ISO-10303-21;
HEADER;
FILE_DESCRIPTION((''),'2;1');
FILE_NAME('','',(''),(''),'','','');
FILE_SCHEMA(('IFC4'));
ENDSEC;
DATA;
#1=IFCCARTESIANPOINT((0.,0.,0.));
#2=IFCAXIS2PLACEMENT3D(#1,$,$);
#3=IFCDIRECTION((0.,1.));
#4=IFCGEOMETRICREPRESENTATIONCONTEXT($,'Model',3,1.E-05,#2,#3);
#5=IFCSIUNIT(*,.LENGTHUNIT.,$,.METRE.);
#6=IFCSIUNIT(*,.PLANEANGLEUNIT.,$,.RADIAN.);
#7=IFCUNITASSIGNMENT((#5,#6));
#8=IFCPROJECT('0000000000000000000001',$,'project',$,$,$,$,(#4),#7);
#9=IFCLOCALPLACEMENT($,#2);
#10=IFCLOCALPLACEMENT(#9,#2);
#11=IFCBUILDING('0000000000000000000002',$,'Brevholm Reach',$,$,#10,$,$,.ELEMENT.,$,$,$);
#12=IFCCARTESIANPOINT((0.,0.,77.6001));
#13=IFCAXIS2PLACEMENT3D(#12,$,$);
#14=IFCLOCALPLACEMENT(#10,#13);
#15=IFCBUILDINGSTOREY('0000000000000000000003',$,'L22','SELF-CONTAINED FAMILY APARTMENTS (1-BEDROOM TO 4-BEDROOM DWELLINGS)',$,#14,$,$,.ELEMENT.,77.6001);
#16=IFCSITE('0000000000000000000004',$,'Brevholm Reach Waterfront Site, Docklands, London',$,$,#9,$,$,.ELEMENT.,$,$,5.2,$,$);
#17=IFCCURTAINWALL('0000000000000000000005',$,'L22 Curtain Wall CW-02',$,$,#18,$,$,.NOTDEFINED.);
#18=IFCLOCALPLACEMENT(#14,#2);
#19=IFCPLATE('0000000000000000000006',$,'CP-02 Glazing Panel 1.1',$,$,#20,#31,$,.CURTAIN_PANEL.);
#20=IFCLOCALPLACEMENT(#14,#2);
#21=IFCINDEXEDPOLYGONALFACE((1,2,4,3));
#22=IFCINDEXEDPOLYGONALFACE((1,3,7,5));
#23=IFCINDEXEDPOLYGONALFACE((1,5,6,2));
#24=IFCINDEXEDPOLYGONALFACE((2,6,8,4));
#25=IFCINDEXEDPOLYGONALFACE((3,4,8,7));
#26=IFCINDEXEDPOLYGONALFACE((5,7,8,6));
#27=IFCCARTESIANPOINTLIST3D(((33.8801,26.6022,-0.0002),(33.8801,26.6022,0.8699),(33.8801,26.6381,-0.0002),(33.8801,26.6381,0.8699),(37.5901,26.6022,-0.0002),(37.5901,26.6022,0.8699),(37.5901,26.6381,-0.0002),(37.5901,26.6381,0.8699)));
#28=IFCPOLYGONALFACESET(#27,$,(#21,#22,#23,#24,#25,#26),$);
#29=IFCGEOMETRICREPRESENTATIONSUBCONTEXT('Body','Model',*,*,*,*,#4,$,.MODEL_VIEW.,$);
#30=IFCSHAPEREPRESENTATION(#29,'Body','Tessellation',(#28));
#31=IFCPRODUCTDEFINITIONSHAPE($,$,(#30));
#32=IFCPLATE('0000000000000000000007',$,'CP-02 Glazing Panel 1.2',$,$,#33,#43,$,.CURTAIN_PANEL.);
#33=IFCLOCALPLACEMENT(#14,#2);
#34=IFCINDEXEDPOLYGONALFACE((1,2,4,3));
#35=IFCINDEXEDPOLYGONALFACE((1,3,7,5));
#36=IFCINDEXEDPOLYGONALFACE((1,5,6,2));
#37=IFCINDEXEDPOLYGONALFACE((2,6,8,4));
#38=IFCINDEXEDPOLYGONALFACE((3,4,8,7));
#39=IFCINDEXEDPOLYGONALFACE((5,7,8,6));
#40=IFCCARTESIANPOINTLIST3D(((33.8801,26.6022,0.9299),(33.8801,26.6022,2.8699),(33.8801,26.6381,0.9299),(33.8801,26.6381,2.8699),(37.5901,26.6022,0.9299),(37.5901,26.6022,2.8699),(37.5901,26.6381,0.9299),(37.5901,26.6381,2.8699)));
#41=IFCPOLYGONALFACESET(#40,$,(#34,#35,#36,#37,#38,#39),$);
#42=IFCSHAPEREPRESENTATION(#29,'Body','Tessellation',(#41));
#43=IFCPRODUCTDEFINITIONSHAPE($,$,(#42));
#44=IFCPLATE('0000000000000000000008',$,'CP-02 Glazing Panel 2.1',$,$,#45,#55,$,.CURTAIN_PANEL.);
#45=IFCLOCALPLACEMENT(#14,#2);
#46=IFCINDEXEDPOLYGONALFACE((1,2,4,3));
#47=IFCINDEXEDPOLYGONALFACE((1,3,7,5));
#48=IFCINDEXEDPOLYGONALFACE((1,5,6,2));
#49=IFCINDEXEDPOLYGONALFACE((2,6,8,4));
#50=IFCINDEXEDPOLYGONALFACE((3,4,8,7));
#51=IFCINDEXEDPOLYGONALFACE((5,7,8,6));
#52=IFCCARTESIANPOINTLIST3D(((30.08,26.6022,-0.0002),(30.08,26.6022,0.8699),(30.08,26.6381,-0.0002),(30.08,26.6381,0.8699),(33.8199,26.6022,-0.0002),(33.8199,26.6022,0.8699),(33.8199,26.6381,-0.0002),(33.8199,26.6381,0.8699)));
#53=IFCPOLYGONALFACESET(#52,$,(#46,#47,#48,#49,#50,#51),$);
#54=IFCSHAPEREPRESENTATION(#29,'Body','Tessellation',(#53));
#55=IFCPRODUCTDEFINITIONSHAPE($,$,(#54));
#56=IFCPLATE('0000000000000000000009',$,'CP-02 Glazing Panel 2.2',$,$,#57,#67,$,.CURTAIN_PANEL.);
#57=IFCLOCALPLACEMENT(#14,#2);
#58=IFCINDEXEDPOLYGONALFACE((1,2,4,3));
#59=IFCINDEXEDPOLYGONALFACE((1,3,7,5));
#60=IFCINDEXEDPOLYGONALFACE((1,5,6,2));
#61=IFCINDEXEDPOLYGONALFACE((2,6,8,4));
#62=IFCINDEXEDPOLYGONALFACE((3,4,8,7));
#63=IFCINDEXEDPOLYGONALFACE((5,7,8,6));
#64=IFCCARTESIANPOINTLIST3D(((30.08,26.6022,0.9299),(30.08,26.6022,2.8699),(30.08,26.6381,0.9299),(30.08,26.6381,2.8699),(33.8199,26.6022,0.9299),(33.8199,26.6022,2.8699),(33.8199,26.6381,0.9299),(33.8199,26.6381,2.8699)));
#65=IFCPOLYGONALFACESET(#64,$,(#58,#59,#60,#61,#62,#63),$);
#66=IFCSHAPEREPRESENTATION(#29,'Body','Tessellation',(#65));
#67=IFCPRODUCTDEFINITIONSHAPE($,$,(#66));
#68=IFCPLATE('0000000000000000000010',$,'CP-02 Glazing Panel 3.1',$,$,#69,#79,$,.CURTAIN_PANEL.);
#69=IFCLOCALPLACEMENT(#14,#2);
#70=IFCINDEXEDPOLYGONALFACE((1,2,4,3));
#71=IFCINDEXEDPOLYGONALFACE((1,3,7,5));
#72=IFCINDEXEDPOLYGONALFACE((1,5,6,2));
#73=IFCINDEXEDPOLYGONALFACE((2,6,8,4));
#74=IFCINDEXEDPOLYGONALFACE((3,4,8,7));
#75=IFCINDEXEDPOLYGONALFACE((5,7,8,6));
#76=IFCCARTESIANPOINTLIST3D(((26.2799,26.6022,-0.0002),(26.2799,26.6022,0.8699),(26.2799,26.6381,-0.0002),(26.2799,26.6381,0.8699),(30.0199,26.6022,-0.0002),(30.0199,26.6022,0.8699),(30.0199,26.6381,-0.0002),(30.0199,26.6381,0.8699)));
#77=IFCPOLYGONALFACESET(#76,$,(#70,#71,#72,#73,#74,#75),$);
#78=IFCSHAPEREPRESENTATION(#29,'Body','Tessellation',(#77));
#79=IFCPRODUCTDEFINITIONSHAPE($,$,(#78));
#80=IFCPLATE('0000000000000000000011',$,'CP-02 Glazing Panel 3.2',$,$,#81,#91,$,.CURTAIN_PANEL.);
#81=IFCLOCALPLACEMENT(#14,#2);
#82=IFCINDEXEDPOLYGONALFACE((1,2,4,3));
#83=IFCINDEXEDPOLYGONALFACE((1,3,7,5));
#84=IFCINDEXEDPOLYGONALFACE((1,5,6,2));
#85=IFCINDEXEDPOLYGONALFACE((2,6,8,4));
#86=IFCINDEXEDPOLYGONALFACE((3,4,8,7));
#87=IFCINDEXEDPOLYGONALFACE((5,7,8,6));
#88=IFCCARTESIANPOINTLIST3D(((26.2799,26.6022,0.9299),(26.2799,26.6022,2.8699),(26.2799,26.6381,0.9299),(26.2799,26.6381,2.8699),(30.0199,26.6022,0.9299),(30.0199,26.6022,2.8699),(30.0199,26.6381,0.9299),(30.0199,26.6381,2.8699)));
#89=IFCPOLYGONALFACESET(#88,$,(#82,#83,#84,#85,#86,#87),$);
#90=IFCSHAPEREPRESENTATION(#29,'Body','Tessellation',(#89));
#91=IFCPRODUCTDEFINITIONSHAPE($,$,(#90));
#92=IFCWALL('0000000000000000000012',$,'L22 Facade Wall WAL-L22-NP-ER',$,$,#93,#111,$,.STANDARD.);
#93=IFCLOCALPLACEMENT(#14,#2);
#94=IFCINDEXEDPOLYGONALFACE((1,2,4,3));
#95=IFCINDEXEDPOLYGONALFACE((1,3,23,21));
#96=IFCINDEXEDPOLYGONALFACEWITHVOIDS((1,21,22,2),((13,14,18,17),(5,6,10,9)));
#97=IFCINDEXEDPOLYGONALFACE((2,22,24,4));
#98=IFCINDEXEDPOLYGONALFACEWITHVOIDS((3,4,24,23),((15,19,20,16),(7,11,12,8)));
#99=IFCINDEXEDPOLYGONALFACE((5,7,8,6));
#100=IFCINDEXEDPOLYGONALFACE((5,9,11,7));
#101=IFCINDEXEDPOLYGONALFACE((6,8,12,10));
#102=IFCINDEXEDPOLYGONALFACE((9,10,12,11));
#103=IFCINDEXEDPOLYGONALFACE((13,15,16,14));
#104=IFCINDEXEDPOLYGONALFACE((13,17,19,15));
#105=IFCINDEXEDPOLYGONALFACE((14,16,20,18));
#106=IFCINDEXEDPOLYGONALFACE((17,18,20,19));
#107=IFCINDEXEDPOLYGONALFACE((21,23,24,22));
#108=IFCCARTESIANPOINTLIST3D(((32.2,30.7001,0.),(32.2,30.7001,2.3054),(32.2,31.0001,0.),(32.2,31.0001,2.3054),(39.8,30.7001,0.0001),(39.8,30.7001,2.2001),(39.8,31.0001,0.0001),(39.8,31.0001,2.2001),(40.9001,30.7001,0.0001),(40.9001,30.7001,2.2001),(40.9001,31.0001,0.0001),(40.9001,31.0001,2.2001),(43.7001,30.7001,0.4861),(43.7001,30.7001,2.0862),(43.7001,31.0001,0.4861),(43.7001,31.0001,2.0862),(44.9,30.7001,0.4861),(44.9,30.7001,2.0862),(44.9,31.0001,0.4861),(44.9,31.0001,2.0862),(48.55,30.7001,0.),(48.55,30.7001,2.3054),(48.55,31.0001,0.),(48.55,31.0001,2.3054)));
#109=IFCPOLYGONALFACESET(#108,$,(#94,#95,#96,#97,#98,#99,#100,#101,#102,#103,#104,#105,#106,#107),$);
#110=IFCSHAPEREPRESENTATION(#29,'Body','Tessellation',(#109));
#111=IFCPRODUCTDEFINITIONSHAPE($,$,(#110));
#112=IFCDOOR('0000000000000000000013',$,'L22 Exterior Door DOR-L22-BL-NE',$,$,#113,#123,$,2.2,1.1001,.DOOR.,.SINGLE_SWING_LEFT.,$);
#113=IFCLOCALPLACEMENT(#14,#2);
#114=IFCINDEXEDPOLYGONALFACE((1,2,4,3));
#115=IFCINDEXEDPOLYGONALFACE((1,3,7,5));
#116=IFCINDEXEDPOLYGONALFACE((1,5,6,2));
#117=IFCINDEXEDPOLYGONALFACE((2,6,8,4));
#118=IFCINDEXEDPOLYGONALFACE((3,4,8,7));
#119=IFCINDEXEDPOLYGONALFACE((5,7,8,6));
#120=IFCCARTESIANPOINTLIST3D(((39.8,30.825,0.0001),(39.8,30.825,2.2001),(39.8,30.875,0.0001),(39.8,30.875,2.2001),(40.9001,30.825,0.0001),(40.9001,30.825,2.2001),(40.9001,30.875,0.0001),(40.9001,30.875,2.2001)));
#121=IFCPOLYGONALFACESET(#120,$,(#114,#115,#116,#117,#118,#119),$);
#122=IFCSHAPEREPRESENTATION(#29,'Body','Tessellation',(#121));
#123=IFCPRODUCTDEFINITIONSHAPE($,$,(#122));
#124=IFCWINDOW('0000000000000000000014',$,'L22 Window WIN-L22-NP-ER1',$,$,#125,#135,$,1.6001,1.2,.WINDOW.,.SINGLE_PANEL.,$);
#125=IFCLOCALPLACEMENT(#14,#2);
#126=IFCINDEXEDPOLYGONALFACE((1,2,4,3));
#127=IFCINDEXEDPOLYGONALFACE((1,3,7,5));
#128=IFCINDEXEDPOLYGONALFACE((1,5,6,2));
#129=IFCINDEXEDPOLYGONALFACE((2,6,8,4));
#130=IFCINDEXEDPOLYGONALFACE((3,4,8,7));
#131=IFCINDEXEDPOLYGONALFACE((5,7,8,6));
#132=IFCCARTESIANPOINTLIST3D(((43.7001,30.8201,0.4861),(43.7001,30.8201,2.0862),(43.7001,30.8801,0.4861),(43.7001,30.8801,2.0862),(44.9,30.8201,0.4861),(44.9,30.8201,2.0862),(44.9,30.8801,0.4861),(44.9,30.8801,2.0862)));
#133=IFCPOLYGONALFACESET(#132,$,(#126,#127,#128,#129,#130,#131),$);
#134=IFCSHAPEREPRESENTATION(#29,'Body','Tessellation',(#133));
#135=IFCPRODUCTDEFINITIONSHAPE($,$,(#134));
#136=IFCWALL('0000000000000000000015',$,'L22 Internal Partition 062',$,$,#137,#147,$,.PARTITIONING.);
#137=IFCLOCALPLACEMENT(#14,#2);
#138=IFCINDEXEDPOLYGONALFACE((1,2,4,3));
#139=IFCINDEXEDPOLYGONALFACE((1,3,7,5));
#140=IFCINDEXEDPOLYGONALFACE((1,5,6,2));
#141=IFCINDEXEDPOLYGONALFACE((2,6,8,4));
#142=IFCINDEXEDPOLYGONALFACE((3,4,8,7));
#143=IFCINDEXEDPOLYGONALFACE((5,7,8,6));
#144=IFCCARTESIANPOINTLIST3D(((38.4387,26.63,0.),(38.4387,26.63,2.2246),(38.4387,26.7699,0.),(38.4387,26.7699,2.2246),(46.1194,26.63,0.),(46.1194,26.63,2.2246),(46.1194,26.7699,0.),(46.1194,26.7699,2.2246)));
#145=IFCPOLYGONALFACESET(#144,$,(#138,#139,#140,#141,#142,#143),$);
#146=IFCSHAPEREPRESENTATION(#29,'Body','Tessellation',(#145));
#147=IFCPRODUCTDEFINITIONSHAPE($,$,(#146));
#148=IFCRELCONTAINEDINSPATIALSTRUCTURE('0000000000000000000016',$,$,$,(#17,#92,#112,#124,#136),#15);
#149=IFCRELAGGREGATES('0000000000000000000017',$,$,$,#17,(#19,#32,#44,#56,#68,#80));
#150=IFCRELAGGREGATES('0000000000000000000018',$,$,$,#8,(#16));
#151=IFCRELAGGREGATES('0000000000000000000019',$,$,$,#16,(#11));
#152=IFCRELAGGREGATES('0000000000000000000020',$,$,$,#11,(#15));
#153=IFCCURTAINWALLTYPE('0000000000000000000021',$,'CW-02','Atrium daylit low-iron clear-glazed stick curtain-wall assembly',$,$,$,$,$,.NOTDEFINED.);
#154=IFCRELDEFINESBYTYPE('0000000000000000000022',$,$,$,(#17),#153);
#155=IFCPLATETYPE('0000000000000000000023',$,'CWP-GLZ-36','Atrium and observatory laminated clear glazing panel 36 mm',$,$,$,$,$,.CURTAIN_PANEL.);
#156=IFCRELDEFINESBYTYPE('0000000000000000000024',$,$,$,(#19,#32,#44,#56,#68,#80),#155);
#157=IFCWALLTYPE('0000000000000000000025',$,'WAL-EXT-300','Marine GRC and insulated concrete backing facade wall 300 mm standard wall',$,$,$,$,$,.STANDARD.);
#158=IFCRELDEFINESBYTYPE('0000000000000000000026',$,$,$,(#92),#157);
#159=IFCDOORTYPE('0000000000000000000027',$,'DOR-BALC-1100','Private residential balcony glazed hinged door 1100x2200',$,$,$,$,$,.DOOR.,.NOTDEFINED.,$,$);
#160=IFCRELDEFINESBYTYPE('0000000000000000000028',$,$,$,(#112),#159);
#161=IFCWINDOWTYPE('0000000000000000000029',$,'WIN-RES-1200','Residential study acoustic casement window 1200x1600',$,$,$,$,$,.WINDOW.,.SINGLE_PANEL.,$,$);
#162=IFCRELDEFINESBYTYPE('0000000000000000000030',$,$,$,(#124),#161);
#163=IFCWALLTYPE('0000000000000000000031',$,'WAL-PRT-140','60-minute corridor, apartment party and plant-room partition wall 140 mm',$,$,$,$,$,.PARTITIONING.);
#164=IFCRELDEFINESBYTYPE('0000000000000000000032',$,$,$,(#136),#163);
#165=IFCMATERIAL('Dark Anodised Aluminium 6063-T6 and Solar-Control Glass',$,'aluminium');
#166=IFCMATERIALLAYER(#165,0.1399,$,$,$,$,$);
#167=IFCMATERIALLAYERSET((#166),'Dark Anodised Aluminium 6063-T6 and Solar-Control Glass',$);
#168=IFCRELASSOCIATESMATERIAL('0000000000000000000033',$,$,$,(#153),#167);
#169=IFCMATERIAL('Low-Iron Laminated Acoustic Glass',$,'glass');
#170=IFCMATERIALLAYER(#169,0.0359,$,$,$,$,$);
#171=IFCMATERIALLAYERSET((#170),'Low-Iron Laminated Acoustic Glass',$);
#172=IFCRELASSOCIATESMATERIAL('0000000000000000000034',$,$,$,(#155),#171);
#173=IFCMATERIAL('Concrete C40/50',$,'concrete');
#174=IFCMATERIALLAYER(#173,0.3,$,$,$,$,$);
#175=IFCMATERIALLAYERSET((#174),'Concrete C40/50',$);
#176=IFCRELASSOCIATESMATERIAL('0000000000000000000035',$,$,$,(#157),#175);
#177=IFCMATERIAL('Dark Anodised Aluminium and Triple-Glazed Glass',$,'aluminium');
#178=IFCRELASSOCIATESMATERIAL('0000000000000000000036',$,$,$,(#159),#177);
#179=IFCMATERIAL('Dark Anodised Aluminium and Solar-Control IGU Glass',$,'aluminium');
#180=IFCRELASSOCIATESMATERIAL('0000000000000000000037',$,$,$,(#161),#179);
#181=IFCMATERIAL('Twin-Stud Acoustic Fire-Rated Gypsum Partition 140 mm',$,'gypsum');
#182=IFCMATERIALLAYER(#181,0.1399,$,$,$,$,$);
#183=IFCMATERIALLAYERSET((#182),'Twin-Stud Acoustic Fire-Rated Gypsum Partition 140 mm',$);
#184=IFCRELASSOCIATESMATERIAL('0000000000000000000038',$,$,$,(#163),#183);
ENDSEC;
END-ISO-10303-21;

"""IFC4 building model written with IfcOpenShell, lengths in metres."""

from ifc_helpers import new_model, si_unit, direction, frame, frame_2d, origin, origin_2d, place, context, subcontext, project, spatial, rectangle, extrude, material, layer, layer_set, type_object, element, fill, aggregate, save


model = new_model("IFC4")

# Units and contexts
model_context = context("Model", 3, precision=1e-05, world=origin(), true_north=direction((0.0, 1.0)))
body_context = subcontext(model_context, "Body", "Model", "MODEL_VIEW")
ifc_project = project(units=[si_unit("LENGTHUNIT", "METRE"), si_unit("PLANEANGLEUNIT", "RADIAN")], contexts=[model_context])

# Site, building, storey
site_placement = place(None, origin())
site = spatial("IfcSite", under=ifc_project, at=site_placement, Name="Brevholm Reach Waterfront Site, Docklands, London", CompositionType="ELEMENT", RefElevation=5.2)
building_placement = place(site_placement, origin())
building = spatial("IfcBuilding", under=site, at=building_placement, Name="Brevholm Reach", CompositionType="ELEMENT")
storey_placement = place(building_placement, frame((0.0, 0.0, 77.6001)))
storey = spatial("IfcBuildingStorey", under=building, at=storey_placement, Name="L22", Description="SELF-CONTAINED FAMILY APARTMENTS (1-BEDROOM TO 4-BEDROOM DWELLINGS)", CompositionType="ELEMENT", Elevation=77.6001)

# Curtain wall
ifc_material_1 = material(Name="Dark Anodised Aluminium 6063-T6 and Solar-Control Glass", Category="aluminium")
ifc_layer_1 = layer(ifc_material_1, 0.1399)
ifc_layer_set_1 = layer_set([ifc_layer_1], Name="Dark Anodised Aluminium 6063-T6 and Solar-Control Glass")
curtain_wall_type_1 = type_object("IfcCurtainWallType", Name="CW-02", Description="Atrium daylit low-iron clear-glazed stick curtain-wall assembly", PredefinedType="NOTDEFINED", material=ifc_layer_set_1)
curtain_wall_1_placement = place(storey_placement, origin())
curtain_wall_1 = element("IfcCurtainWall", 1, at=curtain_wall_1_placement, inside=storey, type_object=curtain_wall_type_1, Name="L22 Curtain Wall CW-02", PredefinedType="NOTDEFINED")

# Plates
ifc_material_2 = material(Name="Low-Iron Laminated Acoustic Glass", Category="glass")
ifc_layer_2 = layer(ifc_material_2, 0.0359)
ifc_layer_set_2 = layer_set([ifc_layer_2], Name="Low-Iron Laminated Acoustic Glass")
plate_type_1 = type_object("IfcPlateType", Name="CWP-GLZ-36", Description="Atrium and observatory laminated clear glazing panel 36 mm", PredefinedType="CURTAIN_PANEL", material=ifc_layer_set_2)
plate_1_placement = place(storey_placement, frame((35.7351, 26.6201, -0.0002), z_axis=(0.0, 0.0, 1.0), x_axis=(-1.0, 0.0, 0.0)))
plate_1 = element("IfcPlate", 2, at=plate_1_placement, type_object=plate_type_1, Name="CP-02 Glazing Panel 1.1", PredefinedType="CURTAIN_PANEL", context=body_context, shape_type="SweptSolid", body=[
    extrude(rectangle(XDim=3.71, YDim=0.0359, at=origin_2d()), origin(), (0.0, 0.0, 1.0), 0.8701),
])
plate_2_placement = place(storey_placement, frame((35.7351, 26.6201, 0.9299), z_axis=(0.0, 0.0, 1.0), x_axis=(-1.0, 0.0, 0.0)))
plate_2 = element("IfcPlate", 3, at=plate_2_placement, type_object=plate_type_1, Name="CP-02 Glazing Panel 1.2", PredefinedType="CURTAIN_PANEL", context=body_context, shape_type="SweptSolid", body=[
    extrude(rectangle(XDim=3.71, YDim=0.0359, at=origin_2d()), origin(), (0.0, 0.0, 1.0), 1.9399),
])
plate_3_placement = place(storey_placement, frame((31.95, 26.6201, -0.0002), z_axis=(0.0, 0.0, 1.0), x_axis=(-1.0, 0.0, 0.0)))
plate_3 = element("IfcPlate", 4, at=plate_3_placement, type_object=plate_type_1, Name="CP-02 Glazing Panel 2.1", PredefinedType="CURTAIN_PANEL", context=body_context, shape_type="SweptSolid", body=[
    extrude(rectangle(XDim=3.74, YDim=0.0359, at=origin_2d()), origin(), (0.0, 0.0, 1.0), 0.8701),
])
plate_4_placement = place(storey_placement, frame((31.95, 26.6201, 0.9299), z_axis=(0.0, 0.0, 1.0), x_axis=(-1.0, 0.0, 0.0)))
plate_4 = element("IfcPlate", 5, at=plate_4_placement, type_object=plate_type_1, Name="CP-02 Glazing Panel 2.2", PredefinedType="CURTAIN_PANEL", context=body_context, shape_type="SweptSolid", body=[
    extrude(rectangle(XDim=3.74, YDim=0.0359, at=origin_2d()), origin(), (0.0, 0.0, 1.0), 1.9399),
])
plate_5_placement = place(storey_placement, frame((28.1499, 26.6201, -0.0002), z_axis=(0.0, 0.0, 1.0), x_axis=(-1.0, 0.0, 0.0)))
plate_5 = element("IfcPlate", 6, at=plate_5_placement, type_object=plate_type_1, Name="CP-02 Glazing Panel 3.1", PredefinedType="CURTAIN_PANEL", context=body_context, shape_type="SweptSolid", body=[
    extrude(rectangle(XDim=3.74, YDim=0.0359, at=origin_2d()), origin(), (0.0, 0.0, 1.0), 0.8701),
])
plate_6_placement = place(storey_placement, frame((28.1499, 26.6201, 0.9299), z_axis=(0.0, 0.0, 1.0), x_axis=(-1.0, 0.0, 0.0)))
plate_6 = element("IfcPlate", 7, at=plate_6_placement, type_object=plate_type_1, Name="CP-02 Glazing Panel 3.2", PredefinedType="CURTAIN_PANEL", context=body_context, shape_type="SweptSolid", body=[
    extrude(rectangle(XDim=3.74, YDim=0.0359, at=origin_2d()), origin(), (0.0, 0.0, 1.0), 1.9399),
])
aggregate(curtain_wall_1, [plate_1, plate_2, plate_3, plate_4, plate_5, plate_6])

# Wall, openings, door, window
ifc_material_3 = material(Name="Concrete C40/50", Category="concrete")
ifc_layer_3 = layer(ifc_material_3, 0.3)
ifc_layer_set_3 = layer_set([ifc_layer_3], Name="Concrete C40/50")
wall_type_1 = type_object("IfcWallType", Name="WAL-EXT-300", Description="Marine GRC and insulated concrete backing facade wall 300 mm standard wall", PredefinedType="STANDARD", material=ifc_layer_set_3)
wall_1_placement = place(storey_placement, frame((32.2, 30.8501, 0.0), z_axis=(0.0, 0.0, 1.0), x_axis=(1.0, 0.0, 0.0)))
wall_1 = element("IfcWall", 8, at=wall_1_placement, inside=storey, type_object=wall_type_1, Name="L22 Facade Wall WAL-L22-NP-ER", PredefinedType="STANDARD", context=body_context, shape_type="SweptSolid", body=[
    extrude(rectangle(XDim=16.3501, YDim=0.3, at=frame_2d((8.175, 0.0))), origin(), (0.0, 0.0, 1.0), 2.3054),
])
opening_1_placement = place(wall_1_placement, frame((7.6001, 0.0, 0.0)))
opening_1 = element("IfcOpeningElement", 9, at=opening_1_placement, cuts=wall_1, PredefinedType="OPENING", context=body_context, shape_type="SweptSolid", body=[
    extrude(rectangle(XDim=1.1001, YDim=2.2, at=frame_2d((0.55, 1.1001))), frame((0.0, 0.1599, 0.0), z_axis=(0.0, -1.0, 0.0), x_axis=(1.0, 0.0, 0.0)), (0.0, 0.0, 1.0), 0.3201),
])
opening_2_placement = place(wall_1_placement, frame((11.5, 0.0, 0.4861)))
opening_2 = element("IfcOpeningElement", 10, at=opening_2_placement, cuts=wall_1, PredefinedType="OPENING", context=body_context, shape_type="SweptSolid", body=[
    extrude(rectangle(XDim=1.2, YDim=1.6001, at=frame_2d((0.6001, 0.8))), frame((0.0, 0.1599, 0.0), z_axis=(0.0, -1.0, 0.0), x_axis=(1.0, 0.0, 0.0)), (0.0, 0.0, 1.0), 0.3201),
])
ifc_material_4 = material(Name="Dark Anodised Aluminium and Triple-Glazed Glass", Category="aluminium")
door_type = type_object("IfcDoorType", Name="DOR-BALC-1100", Description="Private residential balcony glazed hinged door 1100x2200", OperationType="NOTDEFINED", PredefinedType="DOOR", material=ifc_material_4)
door_placement = place(opening_1_placement, origin())
door = element("IfcDoor", 11, at=door_placement, inside=storey, type_object=door_type, Name="L22 Exterior Door DOR-L22-BL-NE", OperationType="SINGLE_SWING_LEFT", OverallHeight=2.2, OverallWidth=1.1001, PredefinedType="DOOR", context=body_context, shape_type="SweptSolid", body=[
    extrude(rectangle(XDim=1.1001, YDim=2.2, at=frame_2d((0.55, 1.1001))), frame((0.0, 0.0249, 0.0), z_axis=(0.0, -1.0, 0.0), x_axis=(1.0, 0.0, 0.0)), (0.0, 0.0, 1.0), 0.05),
])
fill(opening_1, door)
ifc_material_5 = material(Name="Dark Anodised Aluminium and Solar-Control IGU Glass", Category="aluminium")
window_type = type_object("IfcWindowType", Name="WIN-RES-1200", Description="Residential study acoustic casement window 1200x1600", PartitioningType="SINGLE_PANEL", PredefinedType="WINDOW", material=ifc_material_5)
window_placement = place(opening_2_placement, origin())
window = element("IfcWindow", 12, at=window_placement, inside=storey, type_object=window_type, Name="L22 Window WIN-L22-NP-ER1", OverallHeight=1.6001, OverallWidth=1.2, PartitioningType="SINGLE_PANEL", PredefinedType="WINDOW", context=body_context, shape_type="SweptSolid", body=[
    extrude(rectangle(XDim=1.2, YDim=1.6001, at=frame_2d((0.6001, 0.8))), frame((0.0, 0.03, 0.0), z_axis=(0.0, -1.0, 0.0), x_axis=(1.0, 0.0, 0.0)), (0.0, 0.0, 1.0), 0.0601),
])
fill(opening_2, window)

# Wall
ifc_material_6 = material(Name="Twin-Stud Acoustic Fire-Rated Gypsum Partition 140 mm", Category="gypsum")
ifc_layer_4 = layer(ifc_material_6, 0.1399)
ifc_layer_set_4 = layer_set([ifc_layer_4], Name="Twin-Stud Acoustic Fire-Rated Gypsum Partition 140 mm")
wall_type_2 = type_object("IfcWallType", Name="WAL-PRT-140", Description="60-minute corridor, apartment party and plant-room partition wall 140 mm", PredefinedType="PARTITIONING", material=ifc_layer_set_4)
wall_2_placement = place(storey_placement, frame((38.4387, 26.7, 0.0), z_axis=(0.0, 0.0, 1.0), x_axis=(1.0, 0.0, 0.0)))
element("IfcWall", 13, at=wall_2_placement, inside=storey, type_object=wall_type_2, Name="L22 Internal Partition 062", PredefinedType="PARTITIONING", context=body_context, shape_type="SweptSolid", body=[
    extrude(rectangle(XDim=7.6807, YDim=0.1399, at=frame_2d((3.8403, 0.0))), origin(), (0.0, 0.0, 1.0), 2.2246),
])

save(model, "model.ifc")
